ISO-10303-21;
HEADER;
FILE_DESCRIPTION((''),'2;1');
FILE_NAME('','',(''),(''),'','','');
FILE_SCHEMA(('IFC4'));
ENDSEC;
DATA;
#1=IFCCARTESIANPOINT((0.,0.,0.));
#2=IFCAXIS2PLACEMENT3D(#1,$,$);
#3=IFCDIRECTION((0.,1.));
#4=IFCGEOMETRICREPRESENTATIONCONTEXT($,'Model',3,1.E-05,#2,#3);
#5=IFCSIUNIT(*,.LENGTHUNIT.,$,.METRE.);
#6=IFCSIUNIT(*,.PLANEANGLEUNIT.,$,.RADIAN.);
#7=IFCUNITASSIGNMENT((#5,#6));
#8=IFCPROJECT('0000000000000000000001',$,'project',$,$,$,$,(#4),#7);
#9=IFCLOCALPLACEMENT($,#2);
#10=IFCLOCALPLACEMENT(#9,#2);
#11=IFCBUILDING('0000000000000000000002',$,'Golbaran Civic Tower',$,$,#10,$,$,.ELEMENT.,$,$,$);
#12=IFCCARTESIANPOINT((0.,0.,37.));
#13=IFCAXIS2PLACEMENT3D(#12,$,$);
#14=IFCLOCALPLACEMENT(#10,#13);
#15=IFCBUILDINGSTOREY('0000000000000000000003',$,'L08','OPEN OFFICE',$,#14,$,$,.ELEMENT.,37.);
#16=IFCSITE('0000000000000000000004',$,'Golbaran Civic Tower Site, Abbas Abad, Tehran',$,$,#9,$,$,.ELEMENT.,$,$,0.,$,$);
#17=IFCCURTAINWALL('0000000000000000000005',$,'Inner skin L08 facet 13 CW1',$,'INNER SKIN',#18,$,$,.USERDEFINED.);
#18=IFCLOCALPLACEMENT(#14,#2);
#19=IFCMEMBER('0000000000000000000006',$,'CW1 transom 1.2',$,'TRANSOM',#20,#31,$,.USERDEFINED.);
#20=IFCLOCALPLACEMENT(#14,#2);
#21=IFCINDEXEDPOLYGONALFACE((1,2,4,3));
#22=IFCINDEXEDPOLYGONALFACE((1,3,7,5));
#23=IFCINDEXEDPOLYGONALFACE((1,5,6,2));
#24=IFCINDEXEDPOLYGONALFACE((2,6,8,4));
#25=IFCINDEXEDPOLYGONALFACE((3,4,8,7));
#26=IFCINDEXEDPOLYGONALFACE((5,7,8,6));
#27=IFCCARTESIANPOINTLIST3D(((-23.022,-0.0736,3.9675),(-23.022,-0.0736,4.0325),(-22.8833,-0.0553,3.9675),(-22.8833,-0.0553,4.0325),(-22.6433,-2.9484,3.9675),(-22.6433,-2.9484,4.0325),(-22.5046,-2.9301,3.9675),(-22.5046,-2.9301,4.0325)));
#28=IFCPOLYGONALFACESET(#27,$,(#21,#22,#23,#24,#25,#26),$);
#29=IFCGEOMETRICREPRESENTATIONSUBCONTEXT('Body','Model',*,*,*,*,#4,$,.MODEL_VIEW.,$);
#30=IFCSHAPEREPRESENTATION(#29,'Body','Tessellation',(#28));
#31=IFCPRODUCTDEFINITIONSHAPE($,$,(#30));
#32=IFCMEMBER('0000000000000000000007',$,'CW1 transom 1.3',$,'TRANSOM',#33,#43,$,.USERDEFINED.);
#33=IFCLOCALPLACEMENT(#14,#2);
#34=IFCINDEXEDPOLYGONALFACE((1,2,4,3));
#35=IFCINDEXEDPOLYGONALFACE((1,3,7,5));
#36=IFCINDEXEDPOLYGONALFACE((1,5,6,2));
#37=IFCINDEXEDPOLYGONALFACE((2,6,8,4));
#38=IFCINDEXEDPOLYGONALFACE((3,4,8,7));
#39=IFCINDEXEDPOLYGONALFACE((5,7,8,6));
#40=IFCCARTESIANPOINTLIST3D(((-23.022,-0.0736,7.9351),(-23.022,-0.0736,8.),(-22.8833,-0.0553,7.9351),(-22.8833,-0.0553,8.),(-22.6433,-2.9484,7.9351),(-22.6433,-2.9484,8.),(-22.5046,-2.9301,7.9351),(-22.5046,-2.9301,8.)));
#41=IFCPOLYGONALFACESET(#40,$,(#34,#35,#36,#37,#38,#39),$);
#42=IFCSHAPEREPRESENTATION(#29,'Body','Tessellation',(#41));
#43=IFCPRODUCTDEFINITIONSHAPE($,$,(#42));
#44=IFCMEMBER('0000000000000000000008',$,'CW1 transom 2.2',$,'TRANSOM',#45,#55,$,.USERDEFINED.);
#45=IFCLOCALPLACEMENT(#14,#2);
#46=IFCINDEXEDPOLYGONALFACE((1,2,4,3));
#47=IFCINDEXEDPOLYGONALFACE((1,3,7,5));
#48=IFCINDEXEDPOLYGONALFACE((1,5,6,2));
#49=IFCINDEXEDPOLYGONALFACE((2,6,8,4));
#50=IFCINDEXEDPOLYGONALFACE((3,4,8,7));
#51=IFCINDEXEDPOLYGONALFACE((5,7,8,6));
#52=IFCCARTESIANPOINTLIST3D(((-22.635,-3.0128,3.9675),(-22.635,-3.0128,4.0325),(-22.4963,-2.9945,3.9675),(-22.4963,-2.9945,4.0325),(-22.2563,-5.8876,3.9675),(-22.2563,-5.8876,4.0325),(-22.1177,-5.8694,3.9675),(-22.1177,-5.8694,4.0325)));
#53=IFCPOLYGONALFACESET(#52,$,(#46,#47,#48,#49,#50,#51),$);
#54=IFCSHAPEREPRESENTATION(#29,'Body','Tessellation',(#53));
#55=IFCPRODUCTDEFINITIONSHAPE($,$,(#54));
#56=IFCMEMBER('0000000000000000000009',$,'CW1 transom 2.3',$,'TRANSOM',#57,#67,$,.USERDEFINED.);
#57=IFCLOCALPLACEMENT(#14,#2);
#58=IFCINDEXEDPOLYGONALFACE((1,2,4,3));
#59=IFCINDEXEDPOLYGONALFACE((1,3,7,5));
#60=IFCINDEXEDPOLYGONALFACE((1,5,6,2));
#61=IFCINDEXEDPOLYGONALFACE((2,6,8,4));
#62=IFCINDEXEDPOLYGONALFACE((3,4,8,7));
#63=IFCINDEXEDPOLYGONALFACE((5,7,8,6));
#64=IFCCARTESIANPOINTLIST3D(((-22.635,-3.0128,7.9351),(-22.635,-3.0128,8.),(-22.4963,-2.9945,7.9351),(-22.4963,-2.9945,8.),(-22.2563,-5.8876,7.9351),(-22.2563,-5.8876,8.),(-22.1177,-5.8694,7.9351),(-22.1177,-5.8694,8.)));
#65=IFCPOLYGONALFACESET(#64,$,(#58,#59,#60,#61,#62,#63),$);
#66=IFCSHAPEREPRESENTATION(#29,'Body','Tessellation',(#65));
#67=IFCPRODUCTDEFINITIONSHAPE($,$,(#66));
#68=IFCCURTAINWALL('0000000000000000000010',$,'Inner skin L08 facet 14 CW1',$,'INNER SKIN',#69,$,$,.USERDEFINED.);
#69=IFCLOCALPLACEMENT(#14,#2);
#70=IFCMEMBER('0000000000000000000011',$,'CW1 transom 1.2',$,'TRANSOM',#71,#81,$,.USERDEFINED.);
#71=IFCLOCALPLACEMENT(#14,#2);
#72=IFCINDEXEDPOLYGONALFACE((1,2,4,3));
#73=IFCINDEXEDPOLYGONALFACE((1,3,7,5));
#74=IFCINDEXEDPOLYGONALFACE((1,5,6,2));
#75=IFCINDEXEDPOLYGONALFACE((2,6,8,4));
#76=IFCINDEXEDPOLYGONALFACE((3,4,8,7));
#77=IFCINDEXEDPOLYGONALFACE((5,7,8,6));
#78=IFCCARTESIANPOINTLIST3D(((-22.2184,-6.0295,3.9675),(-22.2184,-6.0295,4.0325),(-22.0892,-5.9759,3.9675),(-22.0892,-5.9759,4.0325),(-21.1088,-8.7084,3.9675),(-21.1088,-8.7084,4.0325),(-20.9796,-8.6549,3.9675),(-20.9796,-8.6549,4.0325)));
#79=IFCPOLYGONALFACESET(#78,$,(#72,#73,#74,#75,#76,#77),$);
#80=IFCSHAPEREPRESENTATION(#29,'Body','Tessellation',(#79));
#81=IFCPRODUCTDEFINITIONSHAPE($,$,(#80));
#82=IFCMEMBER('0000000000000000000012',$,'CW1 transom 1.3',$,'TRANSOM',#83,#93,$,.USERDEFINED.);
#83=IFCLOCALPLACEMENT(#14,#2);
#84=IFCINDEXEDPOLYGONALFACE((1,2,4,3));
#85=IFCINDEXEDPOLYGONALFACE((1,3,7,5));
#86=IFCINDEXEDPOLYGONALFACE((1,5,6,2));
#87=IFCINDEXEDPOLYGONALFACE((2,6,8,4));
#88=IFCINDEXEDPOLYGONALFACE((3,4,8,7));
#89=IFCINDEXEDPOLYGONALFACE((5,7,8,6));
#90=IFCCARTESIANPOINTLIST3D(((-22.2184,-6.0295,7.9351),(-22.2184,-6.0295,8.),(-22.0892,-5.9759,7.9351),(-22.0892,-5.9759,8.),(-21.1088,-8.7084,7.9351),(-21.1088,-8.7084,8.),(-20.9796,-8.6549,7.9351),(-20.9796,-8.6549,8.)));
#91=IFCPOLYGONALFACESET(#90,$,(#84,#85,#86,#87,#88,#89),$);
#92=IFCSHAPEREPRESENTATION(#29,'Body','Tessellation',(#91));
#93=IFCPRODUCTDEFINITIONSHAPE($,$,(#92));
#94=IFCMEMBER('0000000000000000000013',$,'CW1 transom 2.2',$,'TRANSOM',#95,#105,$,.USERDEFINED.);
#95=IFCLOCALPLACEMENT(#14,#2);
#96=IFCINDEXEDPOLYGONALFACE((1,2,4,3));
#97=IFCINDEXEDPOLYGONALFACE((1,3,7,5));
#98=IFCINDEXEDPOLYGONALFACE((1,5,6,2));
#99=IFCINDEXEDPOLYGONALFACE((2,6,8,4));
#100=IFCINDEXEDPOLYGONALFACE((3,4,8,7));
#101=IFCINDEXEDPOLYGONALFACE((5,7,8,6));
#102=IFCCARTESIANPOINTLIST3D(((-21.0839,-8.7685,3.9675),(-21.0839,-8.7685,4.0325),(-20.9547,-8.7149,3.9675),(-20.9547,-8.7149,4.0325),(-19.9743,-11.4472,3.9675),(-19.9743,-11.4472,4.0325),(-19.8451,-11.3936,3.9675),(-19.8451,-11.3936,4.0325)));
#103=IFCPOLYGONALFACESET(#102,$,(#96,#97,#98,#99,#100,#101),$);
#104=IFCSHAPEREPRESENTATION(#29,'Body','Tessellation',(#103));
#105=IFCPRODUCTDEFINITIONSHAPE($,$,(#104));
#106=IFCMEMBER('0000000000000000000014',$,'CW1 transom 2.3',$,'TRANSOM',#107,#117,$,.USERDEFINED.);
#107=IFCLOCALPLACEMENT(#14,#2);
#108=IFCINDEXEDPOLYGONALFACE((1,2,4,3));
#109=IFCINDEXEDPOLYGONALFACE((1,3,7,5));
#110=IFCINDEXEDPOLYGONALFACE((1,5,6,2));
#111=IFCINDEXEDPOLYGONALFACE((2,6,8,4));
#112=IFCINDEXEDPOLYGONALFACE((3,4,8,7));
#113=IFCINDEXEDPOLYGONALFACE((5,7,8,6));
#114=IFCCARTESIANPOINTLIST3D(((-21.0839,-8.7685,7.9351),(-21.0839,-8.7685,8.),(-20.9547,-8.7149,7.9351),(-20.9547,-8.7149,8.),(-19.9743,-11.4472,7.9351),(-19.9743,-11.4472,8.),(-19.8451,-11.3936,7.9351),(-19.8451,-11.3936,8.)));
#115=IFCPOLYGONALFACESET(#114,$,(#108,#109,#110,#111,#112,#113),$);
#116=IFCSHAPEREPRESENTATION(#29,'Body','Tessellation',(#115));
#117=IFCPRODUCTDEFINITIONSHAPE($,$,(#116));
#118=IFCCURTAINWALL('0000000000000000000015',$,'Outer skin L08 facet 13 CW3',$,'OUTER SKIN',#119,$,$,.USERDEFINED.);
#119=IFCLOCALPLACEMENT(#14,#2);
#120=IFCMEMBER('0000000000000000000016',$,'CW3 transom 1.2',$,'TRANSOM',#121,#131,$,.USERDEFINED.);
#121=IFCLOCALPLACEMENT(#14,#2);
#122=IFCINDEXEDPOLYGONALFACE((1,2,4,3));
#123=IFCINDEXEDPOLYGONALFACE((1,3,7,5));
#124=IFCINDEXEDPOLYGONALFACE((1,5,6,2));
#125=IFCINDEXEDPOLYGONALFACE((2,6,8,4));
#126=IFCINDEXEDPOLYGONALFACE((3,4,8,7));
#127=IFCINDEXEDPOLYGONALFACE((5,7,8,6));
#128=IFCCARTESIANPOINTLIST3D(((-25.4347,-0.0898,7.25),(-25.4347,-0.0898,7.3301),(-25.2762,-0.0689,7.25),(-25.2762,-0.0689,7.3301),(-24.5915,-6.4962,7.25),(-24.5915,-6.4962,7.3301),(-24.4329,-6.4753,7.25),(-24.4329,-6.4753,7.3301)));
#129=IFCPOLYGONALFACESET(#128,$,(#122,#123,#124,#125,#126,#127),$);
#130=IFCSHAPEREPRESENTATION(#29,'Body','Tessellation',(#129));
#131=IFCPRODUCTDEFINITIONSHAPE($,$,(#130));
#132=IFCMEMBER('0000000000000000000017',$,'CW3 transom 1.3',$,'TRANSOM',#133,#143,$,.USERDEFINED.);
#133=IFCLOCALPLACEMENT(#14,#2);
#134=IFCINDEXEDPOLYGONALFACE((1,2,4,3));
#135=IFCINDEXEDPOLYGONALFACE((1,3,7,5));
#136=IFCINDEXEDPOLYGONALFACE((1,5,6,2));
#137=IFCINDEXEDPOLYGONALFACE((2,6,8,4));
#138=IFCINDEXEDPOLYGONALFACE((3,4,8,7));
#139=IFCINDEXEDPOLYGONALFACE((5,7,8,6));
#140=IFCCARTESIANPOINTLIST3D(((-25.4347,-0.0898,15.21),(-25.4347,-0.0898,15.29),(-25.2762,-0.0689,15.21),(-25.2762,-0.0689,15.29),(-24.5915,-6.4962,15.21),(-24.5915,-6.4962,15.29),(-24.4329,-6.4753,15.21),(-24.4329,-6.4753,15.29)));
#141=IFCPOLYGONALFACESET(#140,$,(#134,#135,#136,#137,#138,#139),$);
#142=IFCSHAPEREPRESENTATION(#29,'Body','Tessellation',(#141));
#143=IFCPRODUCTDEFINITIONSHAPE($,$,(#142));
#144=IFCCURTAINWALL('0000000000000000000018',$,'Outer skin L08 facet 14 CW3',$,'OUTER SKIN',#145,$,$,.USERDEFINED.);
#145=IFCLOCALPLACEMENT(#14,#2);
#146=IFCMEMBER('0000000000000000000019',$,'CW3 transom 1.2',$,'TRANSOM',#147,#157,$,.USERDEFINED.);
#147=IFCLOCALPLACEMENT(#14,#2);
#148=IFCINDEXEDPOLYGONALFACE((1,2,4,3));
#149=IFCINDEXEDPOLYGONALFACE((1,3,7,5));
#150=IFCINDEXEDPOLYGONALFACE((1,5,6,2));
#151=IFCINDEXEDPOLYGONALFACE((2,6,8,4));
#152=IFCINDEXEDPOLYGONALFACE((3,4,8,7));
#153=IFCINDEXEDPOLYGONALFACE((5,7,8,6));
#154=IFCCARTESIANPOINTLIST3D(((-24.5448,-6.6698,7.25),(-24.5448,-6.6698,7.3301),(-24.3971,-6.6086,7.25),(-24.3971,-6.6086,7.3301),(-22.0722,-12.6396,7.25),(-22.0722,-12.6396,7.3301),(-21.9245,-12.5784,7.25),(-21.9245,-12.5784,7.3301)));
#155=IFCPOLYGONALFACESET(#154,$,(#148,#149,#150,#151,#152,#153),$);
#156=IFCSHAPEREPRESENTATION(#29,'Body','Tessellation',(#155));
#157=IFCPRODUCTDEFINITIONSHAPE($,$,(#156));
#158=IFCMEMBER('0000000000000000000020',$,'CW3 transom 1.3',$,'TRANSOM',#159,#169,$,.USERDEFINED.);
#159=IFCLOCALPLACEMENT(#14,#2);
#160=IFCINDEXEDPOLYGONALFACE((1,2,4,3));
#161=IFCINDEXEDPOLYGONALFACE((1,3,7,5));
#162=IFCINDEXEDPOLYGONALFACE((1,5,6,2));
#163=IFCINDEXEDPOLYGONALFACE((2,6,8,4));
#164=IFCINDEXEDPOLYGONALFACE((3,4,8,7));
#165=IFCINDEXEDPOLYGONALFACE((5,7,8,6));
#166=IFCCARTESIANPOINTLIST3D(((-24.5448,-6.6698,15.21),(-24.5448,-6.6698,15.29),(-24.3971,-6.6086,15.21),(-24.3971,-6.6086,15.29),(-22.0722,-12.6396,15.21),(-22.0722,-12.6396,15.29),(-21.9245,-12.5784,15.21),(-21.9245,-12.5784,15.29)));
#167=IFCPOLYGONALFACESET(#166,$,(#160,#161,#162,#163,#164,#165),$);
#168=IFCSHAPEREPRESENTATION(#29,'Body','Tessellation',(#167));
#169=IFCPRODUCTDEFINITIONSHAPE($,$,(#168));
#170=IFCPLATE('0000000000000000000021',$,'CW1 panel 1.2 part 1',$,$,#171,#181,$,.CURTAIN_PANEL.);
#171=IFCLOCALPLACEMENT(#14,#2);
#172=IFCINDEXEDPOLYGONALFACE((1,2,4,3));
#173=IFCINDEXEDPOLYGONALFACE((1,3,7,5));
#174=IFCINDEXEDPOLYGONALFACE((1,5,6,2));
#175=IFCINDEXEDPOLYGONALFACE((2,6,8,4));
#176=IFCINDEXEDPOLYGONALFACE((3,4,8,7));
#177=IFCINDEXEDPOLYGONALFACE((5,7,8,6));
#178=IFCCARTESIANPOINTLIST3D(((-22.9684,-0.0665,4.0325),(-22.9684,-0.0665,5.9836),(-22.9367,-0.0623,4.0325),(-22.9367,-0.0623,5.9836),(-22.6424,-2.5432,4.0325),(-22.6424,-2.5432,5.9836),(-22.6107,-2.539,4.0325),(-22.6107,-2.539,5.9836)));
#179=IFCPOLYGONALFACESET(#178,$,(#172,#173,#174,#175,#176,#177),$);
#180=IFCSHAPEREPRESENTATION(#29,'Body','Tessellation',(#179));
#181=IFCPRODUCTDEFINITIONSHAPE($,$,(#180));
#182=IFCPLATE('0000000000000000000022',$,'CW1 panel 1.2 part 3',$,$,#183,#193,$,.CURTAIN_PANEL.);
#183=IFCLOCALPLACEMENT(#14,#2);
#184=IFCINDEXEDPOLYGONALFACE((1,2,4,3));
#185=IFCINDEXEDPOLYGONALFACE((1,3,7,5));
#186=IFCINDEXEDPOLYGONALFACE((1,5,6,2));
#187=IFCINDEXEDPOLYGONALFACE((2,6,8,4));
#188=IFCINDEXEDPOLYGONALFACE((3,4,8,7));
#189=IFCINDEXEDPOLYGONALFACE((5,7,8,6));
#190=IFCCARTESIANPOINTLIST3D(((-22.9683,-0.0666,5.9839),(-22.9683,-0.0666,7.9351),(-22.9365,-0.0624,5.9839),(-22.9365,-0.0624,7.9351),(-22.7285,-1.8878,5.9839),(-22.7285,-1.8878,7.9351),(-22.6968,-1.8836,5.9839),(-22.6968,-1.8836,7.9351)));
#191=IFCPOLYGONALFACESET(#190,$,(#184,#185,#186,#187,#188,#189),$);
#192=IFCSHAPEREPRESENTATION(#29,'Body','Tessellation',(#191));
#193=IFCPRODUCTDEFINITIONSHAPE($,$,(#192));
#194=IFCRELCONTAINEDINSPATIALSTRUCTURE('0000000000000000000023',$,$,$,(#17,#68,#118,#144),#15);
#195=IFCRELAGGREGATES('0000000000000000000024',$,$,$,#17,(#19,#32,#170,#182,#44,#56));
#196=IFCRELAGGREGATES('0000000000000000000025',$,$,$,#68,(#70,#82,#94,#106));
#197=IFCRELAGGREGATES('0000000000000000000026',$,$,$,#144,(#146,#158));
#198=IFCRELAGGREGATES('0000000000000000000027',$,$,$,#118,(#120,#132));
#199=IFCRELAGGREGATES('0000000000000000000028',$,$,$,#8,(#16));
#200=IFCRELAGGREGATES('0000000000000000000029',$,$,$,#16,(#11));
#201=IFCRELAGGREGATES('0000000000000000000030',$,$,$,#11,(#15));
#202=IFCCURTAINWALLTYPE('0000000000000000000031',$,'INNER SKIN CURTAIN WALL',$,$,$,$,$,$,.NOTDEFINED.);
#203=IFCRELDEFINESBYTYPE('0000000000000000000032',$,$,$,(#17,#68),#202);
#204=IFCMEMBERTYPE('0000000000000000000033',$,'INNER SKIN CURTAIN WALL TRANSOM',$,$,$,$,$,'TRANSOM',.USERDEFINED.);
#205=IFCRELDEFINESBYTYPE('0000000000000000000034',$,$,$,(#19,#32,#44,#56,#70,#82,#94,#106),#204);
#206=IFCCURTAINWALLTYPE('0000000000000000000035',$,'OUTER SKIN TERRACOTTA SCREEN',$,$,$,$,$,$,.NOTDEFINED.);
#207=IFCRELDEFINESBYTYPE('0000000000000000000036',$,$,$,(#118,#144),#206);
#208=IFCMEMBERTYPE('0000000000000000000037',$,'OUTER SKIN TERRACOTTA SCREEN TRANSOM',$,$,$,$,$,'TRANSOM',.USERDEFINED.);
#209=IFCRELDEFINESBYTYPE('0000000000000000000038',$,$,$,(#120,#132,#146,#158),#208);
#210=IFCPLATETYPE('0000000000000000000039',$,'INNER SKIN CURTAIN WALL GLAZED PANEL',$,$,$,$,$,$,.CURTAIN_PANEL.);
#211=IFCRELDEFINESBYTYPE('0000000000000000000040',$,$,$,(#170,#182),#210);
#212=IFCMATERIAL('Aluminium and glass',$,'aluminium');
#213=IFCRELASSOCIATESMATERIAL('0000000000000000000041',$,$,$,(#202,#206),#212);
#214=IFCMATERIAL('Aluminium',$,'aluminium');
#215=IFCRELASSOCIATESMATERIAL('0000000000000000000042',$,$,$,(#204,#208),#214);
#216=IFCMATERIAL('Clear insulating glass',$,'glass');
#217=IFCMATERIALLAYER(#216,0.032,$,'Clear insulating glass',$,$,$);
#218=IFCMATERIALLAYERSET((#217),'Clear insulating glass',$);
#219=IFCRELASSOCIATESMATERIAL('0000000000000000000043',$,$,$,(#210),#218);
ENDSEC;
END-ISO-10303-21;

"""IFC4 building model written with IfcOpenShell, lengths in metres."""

from ifc_helpers import new_model, si_unit, direction, frame, origin, origin_2d, place, context, subcontext, project, spatial, rectangle, extrude, material, layer, layer_set, material_profile, profile_set, type_object, element, aggregate, save


model = new_model("IFC4")

# Units and contexts
model_context = context("Model", 3, precision=1e-05, world=origin(), true_north=direction((0.0, 1.0)))
body_context = subcontext(model_context, "Body", "Model", "MODEL_VIEW")
ifc_project = project(units=[si_unit("LENGTHUNIT", "METRE"), si_unit("PLANEANGLEUNIT", "RADIAN")], contexts=[model_context])

# Site, building, storey
site_placement = place(None, origin())
site = spatial("IfcSite", under=ifc_project, at=site_placement, Name="Golbaran Civic Tower Site, Abbas Abad, Tehran", CompositionType="ELEMENT", RefElevation=0.0)
building_placement = place(site_placement, origin())
building = spatial("IfcBuilding", under=site, at=building_placement, Name="Golbaran Civic Tower", CompositionType="ELEMENT")
storey_placement = place(building_placement, frame((0.0, 0.0, 37.0)))
storey = spatial("IfcBuildingStorey", under=building, at=storey_placement, Name="L08", Description="OPEN OFFICE", CompositionType="ELEMENT", Elevation=37.0)

# Curtain walls, members
ifc_material_1 = material(Name="Aluminium and glass", Category="aluminium")
curtain_wall_type_1 = type_object("IfcCurtainWallType", Name="INNER SKIN CURTAIN WALL", PredefinedType="NOTDEFINED", material=ifc_material_1)
curtain_wall_1_placement = place(storey_placement, origin())
curtain_wall_1 = element("IfcCurtainWall", 1, at=curtain_wall_1_placement, inside=storey, type_object=curtain_wall_type_1, Name="Inner skin L08 facet 13 CW1", ObjectType="INNER SKIN", PredefinedType="USERDEFINED")
ifc_material_2 = material(Name="Aluminium", Category="aluminium")
ifc_material_profile_1 = material_profile(ifc_material_2, rectangle(XDim=0.1399, YDim=0.0649, at=origin_2d()), Name="INNER SKIN CURTAIN WALL TRANSOM")
ifc_profile_set_1 = profile_set([ifc_material_profile_1], Name="Aluminium")
member_type_1 = type_object("IfcMemberType", Name="INNER SKIN CURTAIN WALL TRANSOM", ElementType="TRANSOM", PredefinedType="USERDEFINED", material=ifc_profile_set_1)
member_1_placement = place(storey_placement, frame((-22.9526, -0.0645, 4.0), z_axis=(0.130592, -0.991436, 0.0), x_axis=(0.991436, 0.130592, 0.0)))
member_1 = element("IfcMember", 2, at=member_1_placement, type_object=member_type_1, Name="CW1 transom 1.2", ObjectType="TRANSOM", PredefinedType="USERDEFINED", context=body_context, shape_type="SweptSolid", body=[
    extrude(rectangle(XDim=0.1399, YDim=0.0649, at=origin_2d()), origin(), (0.0, 0.0, 1.0), 2.8997),
])
member_2_placement = place(storey_placement, frame((-22.9526, -0.0645, 7.9675), z_axis=(0.130592, -0.991436, 0.0), x_axis=(0.991436, 0.130592, 0.0)))
member_2 = element("IfcMember", 3, at=member_2_placement, type_object=member_type_1, Name="CW1 transom 1.3", ObjectType="TRANSOM", PredefinedType="USERDEFINED", context=body_context, shape_type="SweptSolid", body=[
    extrude(rectangle(XDim=0.1399, YDim=0.0649, at=origin_2d()), origin(), (0.0, 0.0, 1.0), 2.8997),
])
member_3_placement = place(storey_placement, frame((-22.5657, -3.0037, 4.0), z_axis=(0.130592, -0.991436, 0.0), x_axis=(0.991436, 0.130592, 0.0)))
member_3 = element("IfcMember", 4, at=member_3_placement, type_object=member_type_1, Name="CW1 transom 2.2", ObjectType="TRANSOM", PredefinedType="USERDEFINED", context=body_context, shape_type="SweptSolid", body=[
    extrude(rectangle(XDim=0.1399, YDim=0.0649, at=origin_2d()), origin(), (0.0, 0.0, 1.0), 2.8997),
])
member_4_placement = place(storey_placement, frame((-22.5657, -3.0037, 7.9675), z_axis=(0.130592, -0.991436, 0.0), x_axis=(0.991436, 0.130592, 0.0)))
member_4 = element("IfcMember", 5, at=member_4_placement, type_object=member_type_1, Name="CW1 transom 2.3", ObjectType="TRANSOM", PredefinedType="USERDEFINED", context=body_context, shape_type="SweptSolid", body=[
    extrude(rectangle(XDim=0.1399, YDim=0.0649, at=origin_2d()), origin(), (0.0, 0.0, 1.0), 2.8997),
])
curtain_wall_2_placement = place(storey_placement, origin())
curtain_wall_2 = element("IfcCurtainWall", 6, at=curtain_wall_2_placement, inside=storey, type_object=curtain_wall_type_1, Name="Inner skin L08 facet 14 CW1", ObjectType="INNER SKIN", PredefinedType="USERDEFINED")
member_5_placement = place(storey_placement, frame((-22.1538, -6.0027, 4.0), z_axis=(0.382672, -0.923884, 0.0), x_axis=(0.923884, 0.382672, 0.0)))
member_5 = element("IfcMember", 7, at=member_5_placement, type_object=member_type_1, Name="CW1 transom 1.2", ObjectType="TRANSOM", PredefinedType="USERDEFINED", context=body_context, shape_type="SweptSolid", body=[
    extrude(rectangle(XDim=0.1399, YDim=0.0649, at=origin_2d()), origin(), (0.0, 0.0, 1.0), 2.8997),
])
member_6_placement = place(storey_placement, frame((-22.1538, -6.0027, 7.9675), z_axis=(0.382672, -0.923884, 0.0), x_axis=(0.923884, 0.382672, 0.0)))
member_6 = element("IfcMember", 8, at=member_6_placement, type_object=member_type_1, Name="CW1 transom 1.3", ObjectType="TRANSOM", PredefinedType="USERDEFINED", context=body_context, shape_type="SweptSolid", body=[
    extrude(rectangle(XDim=0.1399, YDim=0.0649, at=origin_2d()), origin(), (0.0, 0.0, 1.0), 2.8997),
])
member_7_placement = place(storey_placement, frame((-21.0193, -8.7417, 4.0), z_axis=(0.382701, -0.923872, 0.0), x_axis=(0.923872, 0.382701, 0.0)))
member_7 = element("IfcMember", 9, at=member_7_placement, type_object=member_type_1, Name="CW1 transom 2.2", ObjectType="TRANSOM", PredefinedType="USERDEFINED", context=body_context, shape_type="SweptSolid", body=[
    extrude(rectangle(XDim=0.1399, YDim=0.0649, at=origin_2d()), origin(), (0.0, 0.0, 1.0), 2.8994),
])
member_8_placement = place(storey_placement, frame((-21.0193, -8.7417, 7.9675), z_axis=(0.382701, -0.923872, 0.0), x_axis=(0.923872, 0.382701, 0.0)))
member_8 = element("IfcMember", 10, at=member_8_placement, type_object=member_type_1, Name="CW1 transom 2.3", ObjectType="TRANSOM", PredefinedType="USERDEFINED", context=body_context, shape_type="SweptSolid", body=[
    extrude(rectangle(XDim=0.1399, YDim=0.0649, at=origin_2d()), origin(), (0.0, 0.0, 1.0), 2.8994),
])
curtain_wall_type_2 = type_object("IfcCurtainWallType", Name="OUTER SKIN TERRACOTTA SCREEN", PredefinedType="NOTDEFINED", material=ifc_material_1)
curtain_wall_3_placement = place(storey_placement, origin())
curtain_wall_3 = element("IfcCurtainWall", 11, at=curtain_wall_3_placement, inside=storey, type_object=curtain_wall_type_2, Name="Outer skin L08 facet 13 CW3", ObjectType="OUTER SKIN", PredefinedType="USERDEFINED")
ifc_material_profile_2 = material_profile(ifc_material_2, rectangle(XDim=0.1599, YDim=0.0801, at=origin_2d()), Name="OUTER SKIN TERRACOTTA SCREEN TRANSOM")
ifc_profile_set_2 = profile_set([ifc_material_profile_2], Name="Aluminium")
member_type_2 = type_object("IfcMemberType", Name="OUTER SKIN TERRACOTTA SCREEN TRANSOM", ElementType="TRANSOM", PredefinedType="USERDEFINED", material=ifc_profile_set_2)
member_9_placement = place(storey_placement, frame((-25.3555, -0.0793, 7.29), z_axis=(0.1305, -0.991448, 0.0), x_axis=(0.991448, 0.1305, 0.0)))
member_9 = element("IfcMember", 12, at=member_9_placement, type_object=member_type_2, Name="CW3 transom 1.2", ObjectType="TRANSOM", PredefinedType="USERDEFINED", context=body_context, shape_type="SweptSolid", body=[
    extrude(rectangle(XDim=0.1599, YDim=0.0801, at=origin_2d()), origin(), (0.0, 0.0, 1.0), 6.4617),
])
member_10_placement = place(storey_placement, frame((-25.3555, -0.0793, 15.25), z_axis=(0.1305, -0.991448, 0.0), x_axis=(0.991448, 0.1305, 0.0)))
member_10 = element("IfcMember", 13, at=member_10_placement, type_object=member_type_2, Name="CW3 transom 1.3", ObjectType="TRANSOM", PredefinedType="USERDEFINED", context=body_context, shape_type="SweptSolid", body=[
    extrude(rectangle(XDim=0.1599, YDim=0.0801, at=origin_2d()), origin(), (0.0, 0.0, 1.0), 6.4617),
])
curtain_wall_4_placement = place(storey_placement, origin())
curtain_wall_4 = element("IfcCurtainWall", 14, at=curtain_wall_4_placement, inside=storey, type_object=curtain_wall_type_2, Name="Outer skin L08 facet 14 CW3", ObjectType="OUTER SKIN", PredefinedType="USERDEFINED")
member_11_placement = place(storey_placement, frame((-24.4709, -6.6392, 7.29), z_axis=(0.382659, -0.92389, 0.0), x_axis=(0.92389, 0.382659, 0.0)))
member_11 = element("IfcMember", 15, at=member_11_placement, type_object=member_type_2, Name="CW3 transom 1.2", ObjectType="TRANSOM", PredefinedType="USERDEFINED", context=body_context, shape_type="SweptSolid", body=[
    extrude(rectangle(XDim=0.1599, YDim=0.0801, at=origin_2d()), origin(), (0.0, 0.0, 1.0), 6.4617),
])
member_12_placement = place(storey_placement, frame((-24.4709, -6.6392, 15.25), z_axis=(0.382659, -0.92389, 0.0), x_axis=(0.92389, 0.382659, 0.0)))
member_12 = element("IfcMember", 16, at=member_12_placement, type_object=member_type_2, Name="CW3 transom 1.3", ObjectType="TRANSOM", PredefinedType="USERDEFINED", context=body_context, shape_type="SweptSolid", body=[
    extrude(rectangle(XDim=0.1599, YDim=0.0801, at=origin_2d()), origin(), (0.0, 0.0, 1.0), 6.4617),
])

# Plates
ifc_material_3 = material(Name="Clear insulating glass", Category="glass")
ifc_layer_1 = layer(ifc_material_3, 0.032, Name="Clear insulating glass")
ifc_layer_set_1 = layer_set([ifc_layer_1], Name="Clear insulating glass")
plate_type_1 = type_object("IfcPlateType", Name="INNER SKIN CURTAIN WALL GLAZED PANEL", PredefinedType="CURTAIN_PANEL", material=ifc_layer_set_1)
plate_1_placement = place(storey_placement, frame((-22.7896, -1.3027, 4.0325), z_axis=(0.0, 0.0, 1.0), x_axis=(0.130526, -0.991445, 0.0)))
plate_1 = element("IfcPlate", 17, at=plate_1_placement, type_object=plate_type_1, Name="CW1 panel 1.2 part 1", PredefinedType="CURTAIN_PANEL", context=body_context, shape_type="SweptSolid", body=[
    extrude(rectangle(XDim=2.498, YDim=0.032, at=origin_2d()), origin(), (0.0, 0.0, 1.0), 1.9512),
])
plate_2_placement = place(storey_placement, frame((-22.8325, -0.9751, 5.9839), z_axis=(0.0, 0.0, 1.0), x_axis=(0.130526, -0.991445, 0.0)))
plate_2 = element("IfcPlate", 18, at=plate_2_placement, type_object=plate_type_1, Name="CW1 panel 1.2 part 3", PredefinedType="CURTAIN_PANEL", context=body_context, shape_type="SweptSolid", body=[
    extrude(rectangle(XDim=1.8369, YDim=0.032, at=origin_2d()), origin(), (0.0, 0.0, 1.0), 1.9512),
])
aggregate(curtain_wall_1, [member_1, member_2, plate_1, plate_2, member_3, member_4])
aggregate(curtain_wall_2, [member_5, member_6, member_7, member_8])
aggregate(curtain_wall_4, [member_11, member_12])
aggregate(curtain_wall_3, [member_9, member_10])

save(model, "model.ifc")
